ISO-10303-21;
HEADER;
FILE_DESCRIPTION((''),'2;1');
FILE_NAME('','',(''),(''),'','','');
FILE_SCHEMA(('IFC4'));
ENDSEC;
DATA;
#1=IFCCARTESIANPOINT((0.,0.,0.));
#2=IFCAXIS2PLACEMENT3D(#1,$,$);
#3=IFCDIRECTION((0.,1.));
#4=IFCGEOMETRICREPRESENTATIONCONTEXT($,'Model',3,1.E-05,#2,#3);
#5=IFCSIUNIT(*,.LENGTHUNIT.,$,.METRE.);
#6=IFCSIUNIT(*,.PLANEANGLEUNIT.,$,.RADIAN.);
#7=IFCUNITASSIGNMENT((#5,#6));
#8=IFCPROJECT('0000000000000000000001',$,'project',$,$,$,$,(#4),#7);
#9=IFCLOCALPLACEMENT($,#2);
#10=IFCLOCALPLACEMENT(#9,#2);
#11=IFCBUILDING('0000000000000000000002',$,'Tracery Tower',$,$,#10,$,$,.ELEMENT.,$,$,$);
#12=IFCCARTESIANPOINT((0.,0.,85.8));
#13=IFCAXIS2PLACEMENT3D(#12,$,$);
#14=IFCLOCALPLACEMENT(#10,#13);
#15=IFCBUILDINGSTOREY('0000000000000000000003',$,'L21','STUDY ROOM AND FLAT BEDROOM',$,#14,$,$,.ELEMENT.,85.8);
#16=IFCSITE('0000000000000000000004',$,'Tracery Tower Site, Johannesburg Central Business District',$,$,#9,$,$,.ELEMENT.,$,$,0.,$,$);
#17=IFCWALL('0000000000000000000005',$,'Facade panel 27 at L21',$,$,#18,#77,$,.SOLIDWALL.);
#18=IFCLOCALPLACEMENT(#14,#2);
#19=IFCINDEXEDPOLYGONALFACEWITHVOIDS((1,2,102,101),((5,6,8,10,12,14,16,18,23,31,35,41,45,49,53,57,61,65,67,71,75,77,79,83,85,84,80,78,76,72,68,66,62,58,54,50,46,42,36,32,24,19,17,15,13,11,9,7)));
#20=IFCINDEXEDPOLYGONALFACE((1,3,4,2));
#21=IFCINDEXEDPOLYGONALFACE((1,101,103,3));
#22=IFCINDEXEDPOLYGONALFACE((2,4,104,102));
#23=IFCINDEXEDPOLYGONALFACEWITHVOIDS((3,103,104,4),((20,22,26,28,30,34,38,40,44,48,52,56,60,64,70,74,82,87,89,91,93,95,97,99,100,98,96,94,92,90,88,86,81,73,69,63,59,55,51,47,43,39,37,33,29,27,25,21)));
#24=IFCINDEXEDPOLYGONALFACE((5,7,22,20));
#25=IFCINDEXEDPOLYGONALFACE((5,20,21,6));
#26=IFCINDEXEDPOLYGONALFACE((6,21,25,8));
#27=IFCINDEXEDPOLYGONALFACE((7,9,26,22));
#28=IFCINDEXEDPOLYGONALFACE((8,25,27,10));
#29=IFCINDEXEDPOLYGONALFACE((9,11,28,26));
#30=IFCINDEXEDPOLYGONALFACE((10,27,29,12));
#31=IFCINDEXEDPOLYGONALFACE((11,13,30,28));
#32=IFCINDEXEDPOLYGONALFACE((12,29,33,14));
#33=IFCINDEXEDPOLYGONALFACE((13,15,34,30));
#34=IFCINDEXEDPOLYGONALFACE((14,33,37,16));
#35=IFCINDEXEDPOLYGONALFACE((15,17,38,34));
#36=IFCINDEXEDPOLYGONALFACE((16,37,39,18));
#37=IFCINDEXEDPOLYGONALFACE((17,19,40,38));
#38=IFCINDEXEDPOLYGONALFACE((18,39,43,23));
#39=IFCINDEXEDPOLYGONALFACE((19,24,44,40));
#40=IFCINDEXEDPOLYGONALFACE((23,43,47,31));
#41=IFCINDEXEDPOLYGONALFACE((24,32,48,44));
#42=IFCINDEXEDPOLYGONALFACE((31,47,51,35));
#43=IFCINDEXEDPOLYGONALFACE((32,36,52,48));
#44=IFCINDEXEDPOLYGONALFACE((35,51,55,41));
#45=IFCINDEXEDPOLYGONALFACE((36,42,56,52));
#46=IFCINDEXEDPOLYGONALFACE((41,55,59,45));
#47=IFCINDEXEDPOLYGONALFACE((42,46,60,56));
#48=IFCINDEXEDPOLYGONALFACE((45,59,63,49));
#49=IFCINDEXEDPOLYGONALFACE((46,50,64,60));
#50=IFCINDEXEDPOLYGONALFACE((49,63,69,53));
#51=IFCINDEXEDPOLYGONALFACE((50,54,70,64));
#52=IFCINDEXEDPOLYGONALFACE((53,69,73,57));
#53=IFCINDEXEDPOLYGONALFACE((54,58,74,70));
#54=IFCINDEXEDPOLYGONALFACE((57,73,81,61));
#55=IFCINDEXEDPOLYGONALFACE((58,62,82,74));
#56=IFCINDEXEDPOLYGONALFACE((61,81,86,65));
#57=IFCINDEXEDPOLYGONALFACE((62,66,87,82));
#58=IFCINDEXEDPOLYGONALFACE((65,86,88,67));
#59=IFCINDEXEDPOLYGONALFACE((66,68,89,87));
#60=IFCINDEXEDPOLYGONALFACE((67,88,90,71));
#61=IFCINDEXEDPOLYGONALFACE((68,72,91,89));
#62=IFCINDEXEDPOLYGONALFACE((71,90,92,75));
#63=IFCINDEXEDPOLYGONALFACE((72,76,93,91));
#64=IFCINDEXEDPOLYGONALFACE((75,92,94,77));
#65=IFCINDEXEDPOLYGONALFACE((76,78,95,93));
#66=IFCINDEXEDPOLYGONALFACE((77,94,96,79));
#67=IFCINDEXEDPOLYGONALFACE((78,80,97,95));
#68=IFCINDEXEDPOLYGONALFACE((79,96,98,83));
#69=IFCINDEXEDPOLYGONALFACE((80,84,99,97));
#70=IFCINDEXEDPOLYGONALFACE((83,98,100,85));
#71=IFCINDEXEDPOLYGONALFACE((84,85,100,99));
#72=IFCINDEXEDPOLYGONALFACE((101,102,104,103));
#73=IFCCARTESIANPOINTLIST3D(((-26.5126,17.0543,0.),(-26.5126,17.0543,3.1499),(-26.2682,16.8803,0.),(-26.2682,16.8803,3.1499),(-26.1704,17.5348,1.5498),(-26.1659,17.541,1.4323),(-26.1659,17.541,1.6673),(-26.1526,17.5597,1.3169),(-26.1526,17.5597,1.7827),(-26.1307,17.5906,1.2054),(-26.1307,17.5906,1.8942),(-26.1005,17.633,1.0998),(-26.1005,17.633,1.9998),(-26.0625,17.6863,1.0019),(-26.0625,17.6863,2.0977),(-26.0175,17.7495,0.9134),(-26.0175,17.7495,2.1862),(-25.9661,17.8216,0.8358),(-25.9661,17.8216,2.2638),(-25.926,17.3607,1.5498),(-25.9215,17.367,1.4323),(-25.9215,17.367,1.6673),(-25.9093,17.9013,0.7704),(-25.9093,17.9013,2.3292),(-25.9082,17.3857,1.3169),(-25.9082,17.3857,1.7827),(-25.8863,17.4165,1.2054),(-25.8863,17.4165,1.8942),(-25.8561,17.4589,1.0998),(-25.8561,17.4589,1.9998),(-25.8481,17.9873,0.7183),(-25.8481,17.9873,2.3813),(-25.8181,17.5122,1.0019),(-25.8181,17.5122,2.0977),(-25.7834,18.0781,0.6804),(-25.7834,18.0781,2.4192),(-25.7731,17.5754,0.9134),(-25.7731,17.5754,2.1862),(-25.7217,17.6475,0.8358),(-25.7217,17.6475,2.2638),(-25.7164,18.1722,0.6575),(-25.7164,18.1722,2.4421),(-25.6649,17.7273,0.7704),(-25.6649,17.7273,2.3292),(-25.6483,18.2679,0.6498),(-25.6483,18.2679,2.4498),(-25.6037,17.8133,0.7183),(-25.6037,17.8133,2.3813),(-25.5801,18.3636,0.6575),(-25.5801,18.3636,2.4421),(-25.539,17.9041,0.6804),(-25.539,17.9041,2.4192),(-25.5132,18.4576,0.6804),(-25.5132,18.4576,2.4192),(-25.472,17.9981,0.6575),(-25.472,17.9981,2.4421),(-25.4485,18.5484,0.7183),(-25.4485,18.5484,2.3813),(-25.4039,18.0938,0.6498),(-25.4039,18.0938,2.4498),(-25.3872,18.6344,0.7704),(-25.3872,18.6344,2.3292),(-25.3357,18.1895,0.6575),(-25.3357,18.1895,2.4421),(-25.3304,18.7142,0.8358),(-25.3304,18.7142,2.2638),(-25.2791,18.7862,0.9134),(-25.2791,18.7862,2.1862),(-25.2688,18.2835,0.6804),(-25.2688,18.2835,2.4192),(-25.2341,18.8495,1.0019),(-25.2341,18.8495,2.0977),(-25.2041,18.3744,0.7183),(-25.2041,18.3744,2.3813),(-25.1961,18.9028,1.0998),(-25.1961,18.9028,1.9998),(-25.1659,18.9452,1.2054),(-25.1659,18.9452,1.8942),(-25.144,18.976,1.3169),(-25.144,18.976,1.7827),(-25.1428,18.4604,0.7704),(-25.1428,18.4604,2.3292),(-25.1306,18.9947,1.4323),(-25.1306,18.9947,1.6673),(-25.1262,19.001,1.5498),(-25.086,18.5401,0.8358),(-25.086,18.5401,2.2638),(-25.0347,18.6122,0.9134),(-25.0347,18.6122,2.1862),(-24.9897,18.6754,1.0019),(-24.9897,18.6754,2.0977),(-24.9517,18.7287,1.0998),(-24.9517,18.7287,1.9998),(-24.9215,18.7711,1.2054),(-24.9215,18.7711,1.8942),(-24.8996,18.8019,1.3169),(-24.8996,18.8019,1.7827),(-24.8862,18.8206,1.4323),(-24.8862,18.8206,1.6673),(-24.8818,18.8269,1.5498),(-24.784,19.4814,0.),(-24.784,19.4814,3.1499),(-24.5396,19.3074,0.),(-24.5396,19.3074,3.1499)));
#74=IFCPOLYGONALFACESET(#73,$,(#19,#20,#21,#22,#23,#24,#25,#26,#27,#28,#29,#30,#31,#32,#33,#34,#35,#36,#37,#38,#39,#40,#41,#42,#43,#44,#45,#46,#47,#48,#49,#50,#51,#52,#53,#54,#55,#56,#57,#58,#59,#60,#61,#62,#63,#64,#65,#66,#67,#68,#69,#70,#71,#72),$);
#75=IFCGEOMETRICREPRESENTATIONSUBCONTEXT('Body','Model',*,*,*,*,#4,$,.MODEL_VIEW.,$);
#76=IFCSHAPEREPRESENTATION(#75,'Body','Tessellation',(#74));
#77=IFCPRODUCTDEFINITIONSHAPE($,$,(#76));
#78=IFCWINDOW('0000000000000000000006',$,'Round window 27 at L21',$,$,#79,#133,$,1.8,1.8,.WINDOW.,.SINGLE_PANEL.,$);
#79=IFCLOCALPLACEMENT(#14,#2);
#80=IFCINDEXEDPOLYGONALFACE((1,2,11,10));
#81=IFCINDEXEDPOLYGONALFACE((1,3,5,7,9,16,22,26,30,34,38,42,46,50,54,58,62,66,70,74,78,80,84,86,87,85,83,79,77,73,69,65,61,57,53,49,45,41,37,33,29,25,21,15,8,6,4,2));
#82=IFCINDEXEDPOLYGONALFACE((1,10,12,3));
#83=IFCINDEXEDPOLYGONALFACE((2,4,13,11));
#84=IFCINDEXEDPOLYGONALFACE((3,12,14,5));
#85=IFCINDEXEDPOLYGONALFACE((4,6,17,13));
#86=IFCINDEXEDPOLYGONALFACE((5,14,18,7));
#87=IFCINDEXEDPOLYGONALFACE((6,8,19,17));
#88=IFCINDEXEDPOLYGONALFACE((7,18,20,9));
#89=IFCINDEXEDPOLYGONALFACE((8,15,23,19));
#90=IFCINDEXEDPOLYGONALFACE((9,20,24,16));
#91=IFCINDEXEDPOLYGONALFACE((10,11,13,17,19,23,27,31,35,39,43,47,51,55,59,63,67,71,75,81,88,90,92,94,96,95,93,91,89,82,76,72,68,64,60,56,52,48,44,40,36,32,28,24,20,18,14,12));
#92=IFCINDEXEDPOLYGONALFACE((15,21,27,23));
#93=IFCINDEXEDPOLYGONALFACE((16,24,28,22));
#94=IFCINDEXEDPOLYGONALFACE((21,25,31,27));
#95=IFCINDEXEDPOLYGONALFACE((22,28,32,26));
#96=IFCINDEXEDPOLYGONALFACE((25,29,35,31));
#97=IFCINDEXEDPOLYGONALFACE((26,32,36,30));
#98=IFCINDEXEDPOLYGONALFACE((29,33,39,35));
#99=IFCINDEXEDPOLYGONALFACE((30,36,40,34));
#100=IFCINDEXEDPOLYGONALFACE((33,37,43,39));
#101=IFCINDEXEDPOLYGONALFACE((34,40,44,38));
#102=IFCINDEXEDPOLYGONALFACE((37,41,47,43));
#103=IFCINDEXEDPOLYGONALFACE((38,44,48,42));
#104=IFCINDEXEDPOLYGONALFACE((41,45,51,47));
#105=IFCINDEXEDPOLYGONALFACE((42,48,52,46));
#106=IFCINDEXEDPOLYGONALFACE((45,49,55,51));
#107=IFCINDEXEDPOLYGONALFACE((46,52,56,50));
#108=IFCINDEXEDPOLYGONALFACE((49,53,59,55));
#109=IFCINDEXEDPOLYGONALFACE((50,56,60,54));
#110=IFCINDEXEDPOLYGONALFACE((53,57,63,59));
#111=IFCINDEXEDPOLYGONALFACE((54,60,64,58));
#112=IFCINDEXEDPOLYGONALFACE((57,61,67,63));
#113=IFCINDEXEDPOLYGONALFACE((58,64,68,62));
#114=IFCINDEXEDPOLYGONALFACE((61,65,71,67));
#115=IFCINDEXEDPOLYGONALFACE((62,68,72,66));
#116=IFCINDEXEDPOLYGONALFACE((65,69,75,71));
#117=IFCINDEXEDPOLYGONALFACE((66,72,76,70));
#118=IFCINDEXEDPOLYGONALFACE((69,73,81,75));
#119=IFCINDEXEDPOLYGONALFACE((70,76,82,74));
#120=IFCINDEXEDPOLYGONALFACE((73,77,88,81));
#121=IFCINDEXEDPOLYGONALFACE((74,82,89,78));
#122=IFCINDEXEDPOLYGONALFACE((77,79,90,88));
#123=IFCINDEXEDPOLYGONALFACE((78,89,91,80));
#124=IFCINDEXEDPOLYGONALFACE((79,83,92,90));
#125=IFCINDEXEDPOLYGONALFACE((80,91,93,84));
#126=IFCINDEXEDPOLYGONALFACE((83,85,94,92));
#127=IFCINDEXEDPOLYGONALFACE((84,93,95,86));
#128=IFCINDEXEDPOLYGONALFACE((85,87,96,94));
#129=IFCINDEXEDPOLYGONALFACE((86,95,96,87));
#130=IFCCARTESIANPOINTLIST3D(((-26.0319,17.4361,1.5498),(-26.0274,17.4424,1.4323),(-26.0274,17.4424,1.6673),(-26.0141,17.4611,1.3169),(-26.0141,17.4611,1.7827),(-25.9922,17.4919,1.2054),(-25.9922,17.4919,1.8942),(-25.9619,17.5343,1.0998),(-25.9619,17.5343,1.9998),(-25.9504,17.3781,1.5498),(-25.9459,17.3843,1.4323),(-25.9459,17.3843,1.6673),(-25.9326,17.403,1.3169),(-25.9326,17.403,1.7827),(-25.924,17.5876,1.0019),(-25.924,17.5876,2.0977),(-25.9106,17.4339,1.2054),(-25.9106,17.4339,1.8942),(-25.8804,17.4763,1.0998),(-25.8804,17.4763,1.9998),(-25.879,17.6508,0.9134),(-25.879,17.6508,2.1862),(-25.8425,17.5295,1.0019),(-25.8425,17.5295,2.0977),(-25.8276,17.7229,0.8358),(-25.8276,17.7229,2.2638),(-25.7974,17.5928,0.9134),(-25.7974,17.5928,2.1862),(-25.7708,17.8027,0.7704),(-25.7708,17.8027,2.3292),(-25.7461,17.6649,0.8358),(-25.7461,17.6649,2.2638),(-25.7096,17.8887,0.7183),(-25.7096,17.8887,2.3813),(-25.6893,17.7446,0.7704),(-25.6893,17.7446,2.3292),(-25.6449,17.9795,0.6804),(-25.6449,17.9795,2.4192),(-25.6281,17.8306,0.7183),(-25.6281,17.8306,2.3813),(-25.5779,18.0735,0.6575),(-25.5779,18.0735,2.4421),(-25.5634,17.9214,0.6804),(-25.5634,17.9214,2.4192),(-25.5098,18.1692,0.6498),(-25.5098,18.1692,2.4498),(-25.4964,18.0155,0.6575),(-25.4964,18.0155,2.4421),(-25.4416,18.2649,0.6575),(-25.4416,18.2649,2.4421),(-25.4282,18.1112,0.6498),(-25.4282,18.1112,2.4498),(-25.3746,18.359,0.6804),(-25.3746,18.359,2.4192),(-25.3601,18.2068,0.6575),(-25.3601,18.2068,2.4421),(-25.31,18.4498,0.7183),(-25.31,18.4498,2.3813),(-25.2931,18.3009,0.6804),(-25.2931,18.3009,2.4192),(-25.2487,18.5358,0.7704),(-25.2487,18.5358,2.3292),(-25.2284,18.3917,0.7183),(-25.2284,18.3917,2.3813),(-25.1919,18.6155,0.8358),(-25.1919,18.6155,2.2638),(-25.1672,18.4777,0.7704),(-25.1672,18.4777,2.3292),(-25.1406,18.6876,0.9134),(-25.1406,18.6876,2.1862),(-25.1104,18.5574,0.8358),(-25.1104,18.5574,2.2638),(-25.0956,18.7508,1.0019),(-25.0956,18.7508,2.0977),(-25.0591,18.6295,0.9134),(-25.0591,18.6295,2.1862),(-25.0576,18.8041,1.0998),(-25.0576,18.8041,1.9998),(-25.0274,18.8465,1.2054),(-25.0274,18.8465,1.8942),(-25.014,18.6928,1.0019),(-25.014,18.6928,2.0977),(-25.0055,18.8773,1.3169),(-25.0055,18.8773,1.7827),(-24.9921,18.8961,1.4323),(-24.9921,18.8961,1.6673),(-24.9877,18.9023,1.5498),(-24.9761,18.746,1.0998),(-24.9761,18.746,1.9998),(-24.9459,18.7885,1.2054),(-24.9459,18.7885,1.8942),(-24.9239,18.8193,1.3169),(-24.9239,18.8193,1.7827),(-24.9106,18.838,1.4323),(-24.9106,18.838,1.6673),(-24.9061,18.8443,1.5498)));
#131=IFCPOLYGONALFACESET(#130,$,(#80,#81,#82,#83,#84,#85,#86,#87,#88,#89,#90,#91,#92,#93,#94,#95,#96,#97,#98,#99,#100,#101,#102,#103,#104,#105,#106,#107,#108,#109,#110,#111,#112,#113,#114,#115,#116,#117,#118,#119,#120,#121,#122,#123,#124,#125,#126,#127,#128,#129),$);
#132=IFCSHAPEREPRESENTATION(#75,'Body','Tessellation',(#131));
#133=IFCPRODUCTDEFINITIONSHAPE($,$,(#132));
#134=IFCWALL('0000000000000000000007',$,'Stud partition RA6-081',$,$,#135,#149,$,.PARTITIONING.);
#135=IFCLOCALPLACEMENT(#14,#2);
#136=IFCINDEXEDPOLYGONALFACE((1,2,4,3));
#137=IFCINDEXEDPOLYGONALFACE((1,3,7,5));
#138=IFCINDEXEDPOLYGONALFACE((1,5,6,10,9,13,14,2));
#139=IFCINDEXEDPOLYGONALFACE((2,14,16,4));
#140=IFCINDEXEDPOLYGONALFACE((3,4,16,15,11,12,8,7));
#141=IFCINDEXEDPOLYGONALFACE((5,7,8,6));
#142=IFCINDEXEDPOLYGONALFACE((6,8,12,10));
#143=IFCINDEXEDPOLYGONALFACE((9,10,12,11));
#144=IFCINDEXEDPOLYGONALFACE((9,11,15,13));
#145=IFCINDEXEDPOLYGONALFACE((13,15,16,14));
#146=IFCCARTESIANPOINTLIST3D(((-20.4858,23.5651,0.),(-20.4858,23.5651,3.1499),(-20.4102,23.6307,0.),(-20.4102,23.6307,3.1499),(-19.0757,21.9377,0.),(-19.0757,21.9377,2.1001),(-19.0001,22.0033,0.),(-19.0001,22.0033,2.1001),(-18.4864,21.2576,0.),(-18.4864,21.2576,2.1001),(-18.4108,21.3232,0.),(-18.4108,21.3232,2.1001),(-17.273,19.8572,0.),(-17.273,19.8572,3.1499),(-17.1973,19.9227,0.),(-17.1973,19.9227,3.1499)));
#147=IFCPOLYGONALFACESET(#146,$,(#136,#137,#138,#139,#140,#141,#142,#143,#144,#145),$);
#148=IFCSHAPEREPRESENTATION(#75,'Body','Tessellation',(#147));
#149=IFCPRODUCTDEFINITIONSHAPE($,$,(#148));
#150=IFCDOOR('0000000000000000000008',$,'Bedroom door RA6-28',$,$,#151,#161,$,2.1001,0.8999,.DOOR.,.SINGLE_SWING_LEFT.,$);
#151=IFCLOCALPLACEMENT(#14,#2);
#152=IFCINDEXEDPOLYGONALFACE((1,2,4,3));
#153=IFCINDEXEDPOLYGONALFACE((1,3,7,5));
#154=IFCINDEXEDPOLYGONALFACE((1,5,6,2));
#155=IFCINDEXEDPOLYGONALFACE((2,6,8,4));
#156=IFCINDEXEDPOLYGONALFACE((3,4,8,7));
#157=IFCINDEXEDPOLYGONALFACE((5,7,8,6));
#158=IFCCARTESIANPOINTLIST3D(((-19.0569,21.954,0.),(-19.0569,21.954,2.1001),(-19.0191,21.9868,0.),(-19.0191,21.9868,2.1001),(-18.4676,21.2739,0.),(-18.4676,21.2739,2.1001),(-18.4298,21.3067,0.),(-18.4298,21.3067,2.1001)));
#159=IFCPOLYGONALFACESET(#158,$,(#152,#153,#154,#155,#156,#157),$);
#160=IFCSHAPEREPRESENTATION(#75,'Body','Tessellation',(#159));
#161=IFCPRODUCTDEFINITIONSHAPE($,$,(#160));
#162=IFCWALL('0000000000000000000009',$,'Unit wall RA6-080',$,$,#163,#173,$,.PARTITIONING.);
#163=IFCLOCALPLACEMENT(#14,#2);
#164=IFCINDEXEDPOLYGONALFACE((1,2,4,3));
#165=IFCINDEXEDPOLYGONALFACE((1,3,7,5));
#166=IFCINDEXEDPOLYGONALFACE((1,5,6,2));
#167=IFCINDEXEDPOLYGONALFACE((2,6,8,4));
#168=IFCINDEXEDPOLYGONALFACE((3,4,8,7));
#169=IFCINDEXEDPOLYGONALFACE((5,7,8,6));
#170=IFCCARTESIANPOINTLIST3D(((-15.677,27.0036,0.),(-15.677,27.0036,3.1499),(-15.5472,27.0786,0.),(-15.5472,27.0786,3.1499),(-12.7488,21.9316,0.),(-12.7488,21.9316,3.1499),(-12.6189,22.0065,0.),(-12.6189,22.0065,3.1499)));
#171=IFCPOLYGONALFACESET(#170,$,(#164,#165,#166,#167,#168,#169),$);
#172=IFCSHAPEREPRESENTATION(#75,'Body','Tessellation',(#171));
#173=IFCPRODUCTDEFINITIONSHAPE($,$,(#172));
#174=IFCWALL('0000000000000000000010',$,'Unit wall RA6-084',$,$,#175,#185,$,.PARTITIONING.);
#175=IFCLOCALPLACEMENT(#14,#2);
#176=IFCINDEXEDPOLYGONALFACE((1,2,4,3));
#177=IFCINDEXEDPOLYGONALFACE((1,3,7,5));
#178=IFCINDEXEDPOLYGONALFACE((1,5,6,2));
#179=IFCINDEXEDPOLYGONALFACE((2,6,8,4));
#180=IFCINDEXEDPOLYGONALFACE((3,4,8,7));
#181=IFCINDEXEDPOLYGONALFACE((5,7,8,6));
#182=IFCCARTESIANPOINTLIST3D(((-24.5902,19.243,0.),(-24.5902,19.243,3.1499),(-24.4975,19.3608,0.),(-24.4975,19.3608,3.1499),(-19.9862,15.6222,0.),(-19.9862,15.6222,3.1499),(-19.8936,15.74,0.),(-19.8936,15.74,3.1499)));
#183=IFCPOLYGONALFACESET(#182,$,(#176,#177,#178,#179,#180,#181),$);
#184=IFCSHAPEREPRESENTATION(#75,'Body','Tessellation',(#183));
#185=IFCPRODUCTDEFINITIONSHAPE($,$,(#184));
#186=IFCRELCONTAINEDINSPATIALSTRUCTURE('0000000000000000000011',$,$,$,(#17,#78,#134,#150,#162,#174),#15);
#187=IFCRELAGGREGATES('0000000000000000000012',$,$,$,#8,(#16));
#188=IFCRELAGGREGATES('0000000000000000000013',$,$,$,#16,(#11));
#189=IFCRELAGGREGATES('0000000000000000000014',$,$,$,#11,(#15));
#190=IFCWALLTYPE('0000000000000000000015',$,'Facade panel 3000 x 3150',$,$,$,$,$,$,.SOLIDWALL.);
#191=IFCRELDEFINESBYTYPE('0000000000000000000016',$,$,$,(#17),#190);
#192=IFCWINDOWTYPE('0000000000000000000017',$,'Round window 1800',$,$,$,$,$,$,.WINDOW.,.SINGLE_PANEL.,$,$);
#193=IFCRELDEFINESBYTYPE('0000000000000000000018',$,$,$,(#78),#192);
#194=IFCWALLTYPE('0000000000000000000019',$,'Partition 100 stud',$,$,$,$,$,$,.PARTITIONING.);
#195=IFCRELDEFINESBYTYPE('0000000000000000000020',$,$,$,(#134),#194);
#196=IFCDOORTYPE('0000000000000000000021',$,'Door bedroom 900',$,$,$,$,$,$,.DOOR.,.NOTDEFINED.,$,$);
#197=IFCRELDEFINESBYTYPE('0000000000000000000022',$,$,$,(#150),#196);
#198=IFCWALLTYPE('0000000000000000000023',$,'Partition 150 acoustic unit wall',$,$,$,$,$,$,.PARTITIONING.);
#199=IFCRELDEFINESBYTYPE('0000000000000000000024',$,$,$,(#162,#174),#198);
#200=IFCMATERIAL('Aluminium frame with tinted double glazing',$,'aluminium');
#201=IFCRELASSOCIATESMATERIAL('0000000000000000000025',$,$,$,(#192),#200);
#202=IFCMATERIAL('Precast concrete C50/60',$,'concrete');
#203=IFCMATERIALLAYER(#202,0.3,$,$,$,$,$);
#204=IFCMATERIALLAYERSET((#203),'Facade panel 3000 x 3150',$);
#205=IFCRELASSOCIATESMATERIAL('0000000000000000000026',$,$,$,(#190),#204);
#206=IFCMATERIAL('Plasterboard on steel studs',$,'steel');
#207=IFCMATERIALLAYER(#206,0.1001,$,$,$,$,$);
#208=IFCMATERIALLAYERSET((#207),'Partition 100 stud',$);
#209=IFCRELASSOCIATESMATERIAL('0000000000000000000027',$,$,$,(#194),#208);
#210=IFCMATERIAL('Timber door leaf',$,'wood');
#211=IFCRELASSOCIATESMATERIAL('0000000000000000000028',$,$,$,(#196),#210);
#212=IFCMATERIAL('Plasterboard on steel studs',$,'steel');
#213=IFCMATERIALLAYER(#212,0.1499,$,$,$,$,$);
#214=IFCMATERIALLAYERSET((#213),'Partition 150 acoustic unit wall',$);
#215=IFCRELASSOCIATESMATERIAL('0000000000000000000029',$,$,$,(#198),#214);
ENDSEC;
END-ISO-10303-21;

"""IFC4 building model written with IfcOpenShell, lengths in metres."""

from ifc_helpers import new_model, si_unit, direction, frame, frame_2d, origin, origin_2d, place, context, subcontext, project, spatial, rectangle, circle, extrude, material, layer, layer_set, type_object, element, fill, save


model = new_model("IFC4")

# Units and contexts
model_context = context("Model", 3, precision=1e-05, world=origin(), true_north=direction((0.0, 1.0)))
body_context = subcontext(model_context, "Body", "Model", "MODEL_VIEW")
ifc_project = project(units=[si_unit("LENGTHUNIT", "METRE"), si_unit("PLANEANGLEUNIT", "RADIAN")], contexts=[model_context])

# Site, building, storey
site_placement = place(None, origin())
site = spatial("IfcSite", under=ifc_project, at=site_placement, Name="Tracery Tower Site, Johannesburg Central Business District", CompositionType="ELEMENT", RefElevation=0.0)
building_placement = place(site_placement, origin())
building = spatial("IfcBuilding", under=site, at=building_placement, Name="Tracery Tower", CompositionType="ELEMENT")
storey_placement = place(building_placement, frame((0.0, 0.0, 85.8)))
storey = spatial("IfcBuildingStorey", under=building, at=storey_placement, Name="L21", Description="STUDY ROOM AND FLAT BEDROOM", CompositionType="ELEMENT", Elevation=85.8)

# Wall, opening, window
ifc_material_1 = material(Name="Aluminium frame with tinted double glazing", Category="aluminium")
window_type = type_object("IfcWindowType", Name="Round window 1800", PartitioningType="SINGLE_PANEL", PredefinedType="WINDOW", material=ifc_material_1)
ifc_material_2 = material(Name="Precast concrete C50/60", Category="concrete")
ifc_layer_1 = layer(ifc_material_2, 0.3)
ifc_layer_set_1 = layer_set([ifc_layer_1], Name="Facade panel 3000 x 3150")
wall_type_1 = type_object("IfcWallType", Name="Facade panel 3000 x 3150", PredefinedType="SOLIDWALL", material=ifc_layer_set_1)
wall_1_placement = place(storey_placement, frame((-24.6619, 19.3943, 0.0), z_axis=(0.0, 0.0, 1.0), x_axis=(-0.580114, -0.814535, 0.0)))
wall_1 = element("IfcWall", 1, at=wall_1_placement, inside=storey, type_object=wall_type_1, Name="Facade panel 27 at L21", PredefinedType="SOLIDWALL", context=body_context, shape_type="SweptSolid", body=[
    extrude(rectangle(XDim=2.9797, YDim=0.3, at=frame_2d((1.4897, 0.0))), origin(), (0.0, 0.0, 1.0), 3.1499),
])
opening_1_placement = place(wall_1_placement, frame((1.4897, 0.0, 1.5498)))
opening_1 = element("IfcOpeningElement", 2, at=opening_1_placement, cuts=wall_1, PredefinedType="OPENING", context=body_context, shape_type="SweptSolid", body=[
    extrude(circle(Radius=0.9, at=origin_2d()), frame((0.0, 0.1599, 0.0), z_axis=(0.0, -1.0, 0.0), x_axis=(1.0, 0.0, 0.0)), (0.0, 0.0, 1.0), 0.3201),
])
window_1_placement = place(opening_1_placement, origin())
window_1 = element("IfcWindow", 3, at=window_1_placement, inside=storey, type_object=window_type, Name="Round window 27 at L21", OverallHeight=1.8, OverallWidth=1.8, PartitioningType="SINGLE_PANEL", PredefinedType="WINDOW", context=body_context, shape_type="SweptSolid", body=[
    extrude(circle(Radius=0.9, at=origin_2d()), frame((0.0, 0.1201, 0.0), z_axis=(0.0, -1.0, 0.0), x_axis=(1.0, 0.0, 0.0)), (0.0, 0.0, 1.0), 0.1001),
])
fill(opening_1, window_1)

# Wall, opening, door
ifc_material_3 = material(Name="Plasterboard on steel studs", Category="steel")
ifc_layer_2 = layer(ifc_material_3, 0.1001)
ifc_layer_set_2 = layer_set([ifc_layer_2], Name="Partition 100 stud")
wall_type_2 = type_object("IfcWallType", Name="Partition 100 stud", PredefinedType="PARTITIONING", material=ifc_layer_set_2)
wall_2_placement = place(storey_placement, frame((-20.448, 23.5979, 0.0), z_axis=(0.0, 0.0, 1.0), x_axis=(0.654847, -0.755761, 0.0)))
wall_2 = element("IfcWall", 4, at=wall_2_placement, inside=storey, type_object=wall_type_2, Name="Stud partition RA6-081", PredefinedType="PARTITIONING", context=body_context, shape_type="SweptSolid", body=[
    extrude(rectangle(XDim=4.9062, YDim=0.1001, at=frame_2d((2.4531, 0.0))), origin(), (0.0, 0.0, 1.0), 3.1499),
])
opening_2_placement = place(wall_2_placement, frame((2.1533, 0.0, 0.0)))
opening_2 = element("IfcOpeningElement", 5, at=opening_2_placement, cuts=wall_2, PredefinedType="OPENING", context=body_context, shape_type="SweptSolid", body=[
    extrude(rectangle(XDim=0.8999, YDim=2.1001, at=frame_2d((0.45, 1.05))), frame((0.0, 0.05, 0.0), z_axis=(0.0, -1.0, 0.0), x_axis=(1.0, 0.0, 0.0)), (0.0, 0.0, 1.0), 0.1001),
])
ifc_material_4 = material(Name="Timber door leaf", Category="wood")
door_type_1 = type_object("IfcDoorType", Name="Door bedroom 900", OperationType="NOTDEFINED", PredefinedType="DOOR", material=ifc_material_4)
door_1_placement = place(opening_2_placement, origin())
door_1 = element("IfcDoor", 6, at=door_1_placement, inside=storey, type_object=door_type_1, Name="Bedroom door RA6-28", OperationType="SINGLE_SWING_LEFT", OverallHeight=2.1001, OverallWidth=0.8999, PredefinedType="DOOR", context=body_context, shape_type="SweptSolid", body=[
    extrude(rectangle(XDim=0.8999, YDim=2.1001, at=frame_2d((0.45, 1.05))), frame((0.0, 0.0249, 0.0), z_axis=(0.0, -1.0, 0.0), x_axis=(1.0, 0.0, 0.0)), (0.0, 0.0, 1.0), 0.05),
])
fill(opening_2, door_1)

# Walls
ifc_material_5 = material(Name="Plasterboard on steel studs", Category="steel")
ifc_layer_3 = layer(ifc_material_5, 0.1499)
ifc_layer_set_3 = layer_set([ifc_layer_3], Name="Partition 150 acoustic unit wall")
wall_type_3 = type_object("IfcWallType", Name="Partition 150 acoustic unit wall", PredefinedType="PARTITIONING", material=ifc_layer_set_3)
wall_3_placement = place(storey_placement, frame((-15.6121, 27.041, 0.0), z_axis=(0.0, 0.0, 1.0), x_axis=(0.499986, -0.866034, 0.0)))
element("IfcWall", 7, at=wall_3_placement, inside=storey, type_object=wall_type_3, Name="Unit wall RA6-080", PredefinedType="PARTITIONING", context=body_context, shape_type="SweptSolid", body=[
    extrude(rectangle(XDim=5.8567, YDim=0.1499, at=frame_2d((2.9282, 0.0))), origin(), (0.0, 0.0, 1.0), 3.1499),
])
wall_4_placement = place(storey_placement, frame((-24.5439, 19.302, 0.0), z_axis=(0.0, 0.0, 1.0), x_axis=(0.786035, -0.618182, 0.0)))
element("IfcWall", 8, at=wall_4_placement, inside=storey, type_object=wall_type_3, Name="Unit wall RA6-084", PredefinedType="PARTITIONING", context=body_context, shape_type="SweptSolid", body=[
    extrude(rectangle(XDim=5.8572, YDim=0.1499, at=frame_2d((2.9287, 0.0))), origin(), (0.0, 0.0, 1.0), 3.1499),
])

save(model, "model.ifc")
